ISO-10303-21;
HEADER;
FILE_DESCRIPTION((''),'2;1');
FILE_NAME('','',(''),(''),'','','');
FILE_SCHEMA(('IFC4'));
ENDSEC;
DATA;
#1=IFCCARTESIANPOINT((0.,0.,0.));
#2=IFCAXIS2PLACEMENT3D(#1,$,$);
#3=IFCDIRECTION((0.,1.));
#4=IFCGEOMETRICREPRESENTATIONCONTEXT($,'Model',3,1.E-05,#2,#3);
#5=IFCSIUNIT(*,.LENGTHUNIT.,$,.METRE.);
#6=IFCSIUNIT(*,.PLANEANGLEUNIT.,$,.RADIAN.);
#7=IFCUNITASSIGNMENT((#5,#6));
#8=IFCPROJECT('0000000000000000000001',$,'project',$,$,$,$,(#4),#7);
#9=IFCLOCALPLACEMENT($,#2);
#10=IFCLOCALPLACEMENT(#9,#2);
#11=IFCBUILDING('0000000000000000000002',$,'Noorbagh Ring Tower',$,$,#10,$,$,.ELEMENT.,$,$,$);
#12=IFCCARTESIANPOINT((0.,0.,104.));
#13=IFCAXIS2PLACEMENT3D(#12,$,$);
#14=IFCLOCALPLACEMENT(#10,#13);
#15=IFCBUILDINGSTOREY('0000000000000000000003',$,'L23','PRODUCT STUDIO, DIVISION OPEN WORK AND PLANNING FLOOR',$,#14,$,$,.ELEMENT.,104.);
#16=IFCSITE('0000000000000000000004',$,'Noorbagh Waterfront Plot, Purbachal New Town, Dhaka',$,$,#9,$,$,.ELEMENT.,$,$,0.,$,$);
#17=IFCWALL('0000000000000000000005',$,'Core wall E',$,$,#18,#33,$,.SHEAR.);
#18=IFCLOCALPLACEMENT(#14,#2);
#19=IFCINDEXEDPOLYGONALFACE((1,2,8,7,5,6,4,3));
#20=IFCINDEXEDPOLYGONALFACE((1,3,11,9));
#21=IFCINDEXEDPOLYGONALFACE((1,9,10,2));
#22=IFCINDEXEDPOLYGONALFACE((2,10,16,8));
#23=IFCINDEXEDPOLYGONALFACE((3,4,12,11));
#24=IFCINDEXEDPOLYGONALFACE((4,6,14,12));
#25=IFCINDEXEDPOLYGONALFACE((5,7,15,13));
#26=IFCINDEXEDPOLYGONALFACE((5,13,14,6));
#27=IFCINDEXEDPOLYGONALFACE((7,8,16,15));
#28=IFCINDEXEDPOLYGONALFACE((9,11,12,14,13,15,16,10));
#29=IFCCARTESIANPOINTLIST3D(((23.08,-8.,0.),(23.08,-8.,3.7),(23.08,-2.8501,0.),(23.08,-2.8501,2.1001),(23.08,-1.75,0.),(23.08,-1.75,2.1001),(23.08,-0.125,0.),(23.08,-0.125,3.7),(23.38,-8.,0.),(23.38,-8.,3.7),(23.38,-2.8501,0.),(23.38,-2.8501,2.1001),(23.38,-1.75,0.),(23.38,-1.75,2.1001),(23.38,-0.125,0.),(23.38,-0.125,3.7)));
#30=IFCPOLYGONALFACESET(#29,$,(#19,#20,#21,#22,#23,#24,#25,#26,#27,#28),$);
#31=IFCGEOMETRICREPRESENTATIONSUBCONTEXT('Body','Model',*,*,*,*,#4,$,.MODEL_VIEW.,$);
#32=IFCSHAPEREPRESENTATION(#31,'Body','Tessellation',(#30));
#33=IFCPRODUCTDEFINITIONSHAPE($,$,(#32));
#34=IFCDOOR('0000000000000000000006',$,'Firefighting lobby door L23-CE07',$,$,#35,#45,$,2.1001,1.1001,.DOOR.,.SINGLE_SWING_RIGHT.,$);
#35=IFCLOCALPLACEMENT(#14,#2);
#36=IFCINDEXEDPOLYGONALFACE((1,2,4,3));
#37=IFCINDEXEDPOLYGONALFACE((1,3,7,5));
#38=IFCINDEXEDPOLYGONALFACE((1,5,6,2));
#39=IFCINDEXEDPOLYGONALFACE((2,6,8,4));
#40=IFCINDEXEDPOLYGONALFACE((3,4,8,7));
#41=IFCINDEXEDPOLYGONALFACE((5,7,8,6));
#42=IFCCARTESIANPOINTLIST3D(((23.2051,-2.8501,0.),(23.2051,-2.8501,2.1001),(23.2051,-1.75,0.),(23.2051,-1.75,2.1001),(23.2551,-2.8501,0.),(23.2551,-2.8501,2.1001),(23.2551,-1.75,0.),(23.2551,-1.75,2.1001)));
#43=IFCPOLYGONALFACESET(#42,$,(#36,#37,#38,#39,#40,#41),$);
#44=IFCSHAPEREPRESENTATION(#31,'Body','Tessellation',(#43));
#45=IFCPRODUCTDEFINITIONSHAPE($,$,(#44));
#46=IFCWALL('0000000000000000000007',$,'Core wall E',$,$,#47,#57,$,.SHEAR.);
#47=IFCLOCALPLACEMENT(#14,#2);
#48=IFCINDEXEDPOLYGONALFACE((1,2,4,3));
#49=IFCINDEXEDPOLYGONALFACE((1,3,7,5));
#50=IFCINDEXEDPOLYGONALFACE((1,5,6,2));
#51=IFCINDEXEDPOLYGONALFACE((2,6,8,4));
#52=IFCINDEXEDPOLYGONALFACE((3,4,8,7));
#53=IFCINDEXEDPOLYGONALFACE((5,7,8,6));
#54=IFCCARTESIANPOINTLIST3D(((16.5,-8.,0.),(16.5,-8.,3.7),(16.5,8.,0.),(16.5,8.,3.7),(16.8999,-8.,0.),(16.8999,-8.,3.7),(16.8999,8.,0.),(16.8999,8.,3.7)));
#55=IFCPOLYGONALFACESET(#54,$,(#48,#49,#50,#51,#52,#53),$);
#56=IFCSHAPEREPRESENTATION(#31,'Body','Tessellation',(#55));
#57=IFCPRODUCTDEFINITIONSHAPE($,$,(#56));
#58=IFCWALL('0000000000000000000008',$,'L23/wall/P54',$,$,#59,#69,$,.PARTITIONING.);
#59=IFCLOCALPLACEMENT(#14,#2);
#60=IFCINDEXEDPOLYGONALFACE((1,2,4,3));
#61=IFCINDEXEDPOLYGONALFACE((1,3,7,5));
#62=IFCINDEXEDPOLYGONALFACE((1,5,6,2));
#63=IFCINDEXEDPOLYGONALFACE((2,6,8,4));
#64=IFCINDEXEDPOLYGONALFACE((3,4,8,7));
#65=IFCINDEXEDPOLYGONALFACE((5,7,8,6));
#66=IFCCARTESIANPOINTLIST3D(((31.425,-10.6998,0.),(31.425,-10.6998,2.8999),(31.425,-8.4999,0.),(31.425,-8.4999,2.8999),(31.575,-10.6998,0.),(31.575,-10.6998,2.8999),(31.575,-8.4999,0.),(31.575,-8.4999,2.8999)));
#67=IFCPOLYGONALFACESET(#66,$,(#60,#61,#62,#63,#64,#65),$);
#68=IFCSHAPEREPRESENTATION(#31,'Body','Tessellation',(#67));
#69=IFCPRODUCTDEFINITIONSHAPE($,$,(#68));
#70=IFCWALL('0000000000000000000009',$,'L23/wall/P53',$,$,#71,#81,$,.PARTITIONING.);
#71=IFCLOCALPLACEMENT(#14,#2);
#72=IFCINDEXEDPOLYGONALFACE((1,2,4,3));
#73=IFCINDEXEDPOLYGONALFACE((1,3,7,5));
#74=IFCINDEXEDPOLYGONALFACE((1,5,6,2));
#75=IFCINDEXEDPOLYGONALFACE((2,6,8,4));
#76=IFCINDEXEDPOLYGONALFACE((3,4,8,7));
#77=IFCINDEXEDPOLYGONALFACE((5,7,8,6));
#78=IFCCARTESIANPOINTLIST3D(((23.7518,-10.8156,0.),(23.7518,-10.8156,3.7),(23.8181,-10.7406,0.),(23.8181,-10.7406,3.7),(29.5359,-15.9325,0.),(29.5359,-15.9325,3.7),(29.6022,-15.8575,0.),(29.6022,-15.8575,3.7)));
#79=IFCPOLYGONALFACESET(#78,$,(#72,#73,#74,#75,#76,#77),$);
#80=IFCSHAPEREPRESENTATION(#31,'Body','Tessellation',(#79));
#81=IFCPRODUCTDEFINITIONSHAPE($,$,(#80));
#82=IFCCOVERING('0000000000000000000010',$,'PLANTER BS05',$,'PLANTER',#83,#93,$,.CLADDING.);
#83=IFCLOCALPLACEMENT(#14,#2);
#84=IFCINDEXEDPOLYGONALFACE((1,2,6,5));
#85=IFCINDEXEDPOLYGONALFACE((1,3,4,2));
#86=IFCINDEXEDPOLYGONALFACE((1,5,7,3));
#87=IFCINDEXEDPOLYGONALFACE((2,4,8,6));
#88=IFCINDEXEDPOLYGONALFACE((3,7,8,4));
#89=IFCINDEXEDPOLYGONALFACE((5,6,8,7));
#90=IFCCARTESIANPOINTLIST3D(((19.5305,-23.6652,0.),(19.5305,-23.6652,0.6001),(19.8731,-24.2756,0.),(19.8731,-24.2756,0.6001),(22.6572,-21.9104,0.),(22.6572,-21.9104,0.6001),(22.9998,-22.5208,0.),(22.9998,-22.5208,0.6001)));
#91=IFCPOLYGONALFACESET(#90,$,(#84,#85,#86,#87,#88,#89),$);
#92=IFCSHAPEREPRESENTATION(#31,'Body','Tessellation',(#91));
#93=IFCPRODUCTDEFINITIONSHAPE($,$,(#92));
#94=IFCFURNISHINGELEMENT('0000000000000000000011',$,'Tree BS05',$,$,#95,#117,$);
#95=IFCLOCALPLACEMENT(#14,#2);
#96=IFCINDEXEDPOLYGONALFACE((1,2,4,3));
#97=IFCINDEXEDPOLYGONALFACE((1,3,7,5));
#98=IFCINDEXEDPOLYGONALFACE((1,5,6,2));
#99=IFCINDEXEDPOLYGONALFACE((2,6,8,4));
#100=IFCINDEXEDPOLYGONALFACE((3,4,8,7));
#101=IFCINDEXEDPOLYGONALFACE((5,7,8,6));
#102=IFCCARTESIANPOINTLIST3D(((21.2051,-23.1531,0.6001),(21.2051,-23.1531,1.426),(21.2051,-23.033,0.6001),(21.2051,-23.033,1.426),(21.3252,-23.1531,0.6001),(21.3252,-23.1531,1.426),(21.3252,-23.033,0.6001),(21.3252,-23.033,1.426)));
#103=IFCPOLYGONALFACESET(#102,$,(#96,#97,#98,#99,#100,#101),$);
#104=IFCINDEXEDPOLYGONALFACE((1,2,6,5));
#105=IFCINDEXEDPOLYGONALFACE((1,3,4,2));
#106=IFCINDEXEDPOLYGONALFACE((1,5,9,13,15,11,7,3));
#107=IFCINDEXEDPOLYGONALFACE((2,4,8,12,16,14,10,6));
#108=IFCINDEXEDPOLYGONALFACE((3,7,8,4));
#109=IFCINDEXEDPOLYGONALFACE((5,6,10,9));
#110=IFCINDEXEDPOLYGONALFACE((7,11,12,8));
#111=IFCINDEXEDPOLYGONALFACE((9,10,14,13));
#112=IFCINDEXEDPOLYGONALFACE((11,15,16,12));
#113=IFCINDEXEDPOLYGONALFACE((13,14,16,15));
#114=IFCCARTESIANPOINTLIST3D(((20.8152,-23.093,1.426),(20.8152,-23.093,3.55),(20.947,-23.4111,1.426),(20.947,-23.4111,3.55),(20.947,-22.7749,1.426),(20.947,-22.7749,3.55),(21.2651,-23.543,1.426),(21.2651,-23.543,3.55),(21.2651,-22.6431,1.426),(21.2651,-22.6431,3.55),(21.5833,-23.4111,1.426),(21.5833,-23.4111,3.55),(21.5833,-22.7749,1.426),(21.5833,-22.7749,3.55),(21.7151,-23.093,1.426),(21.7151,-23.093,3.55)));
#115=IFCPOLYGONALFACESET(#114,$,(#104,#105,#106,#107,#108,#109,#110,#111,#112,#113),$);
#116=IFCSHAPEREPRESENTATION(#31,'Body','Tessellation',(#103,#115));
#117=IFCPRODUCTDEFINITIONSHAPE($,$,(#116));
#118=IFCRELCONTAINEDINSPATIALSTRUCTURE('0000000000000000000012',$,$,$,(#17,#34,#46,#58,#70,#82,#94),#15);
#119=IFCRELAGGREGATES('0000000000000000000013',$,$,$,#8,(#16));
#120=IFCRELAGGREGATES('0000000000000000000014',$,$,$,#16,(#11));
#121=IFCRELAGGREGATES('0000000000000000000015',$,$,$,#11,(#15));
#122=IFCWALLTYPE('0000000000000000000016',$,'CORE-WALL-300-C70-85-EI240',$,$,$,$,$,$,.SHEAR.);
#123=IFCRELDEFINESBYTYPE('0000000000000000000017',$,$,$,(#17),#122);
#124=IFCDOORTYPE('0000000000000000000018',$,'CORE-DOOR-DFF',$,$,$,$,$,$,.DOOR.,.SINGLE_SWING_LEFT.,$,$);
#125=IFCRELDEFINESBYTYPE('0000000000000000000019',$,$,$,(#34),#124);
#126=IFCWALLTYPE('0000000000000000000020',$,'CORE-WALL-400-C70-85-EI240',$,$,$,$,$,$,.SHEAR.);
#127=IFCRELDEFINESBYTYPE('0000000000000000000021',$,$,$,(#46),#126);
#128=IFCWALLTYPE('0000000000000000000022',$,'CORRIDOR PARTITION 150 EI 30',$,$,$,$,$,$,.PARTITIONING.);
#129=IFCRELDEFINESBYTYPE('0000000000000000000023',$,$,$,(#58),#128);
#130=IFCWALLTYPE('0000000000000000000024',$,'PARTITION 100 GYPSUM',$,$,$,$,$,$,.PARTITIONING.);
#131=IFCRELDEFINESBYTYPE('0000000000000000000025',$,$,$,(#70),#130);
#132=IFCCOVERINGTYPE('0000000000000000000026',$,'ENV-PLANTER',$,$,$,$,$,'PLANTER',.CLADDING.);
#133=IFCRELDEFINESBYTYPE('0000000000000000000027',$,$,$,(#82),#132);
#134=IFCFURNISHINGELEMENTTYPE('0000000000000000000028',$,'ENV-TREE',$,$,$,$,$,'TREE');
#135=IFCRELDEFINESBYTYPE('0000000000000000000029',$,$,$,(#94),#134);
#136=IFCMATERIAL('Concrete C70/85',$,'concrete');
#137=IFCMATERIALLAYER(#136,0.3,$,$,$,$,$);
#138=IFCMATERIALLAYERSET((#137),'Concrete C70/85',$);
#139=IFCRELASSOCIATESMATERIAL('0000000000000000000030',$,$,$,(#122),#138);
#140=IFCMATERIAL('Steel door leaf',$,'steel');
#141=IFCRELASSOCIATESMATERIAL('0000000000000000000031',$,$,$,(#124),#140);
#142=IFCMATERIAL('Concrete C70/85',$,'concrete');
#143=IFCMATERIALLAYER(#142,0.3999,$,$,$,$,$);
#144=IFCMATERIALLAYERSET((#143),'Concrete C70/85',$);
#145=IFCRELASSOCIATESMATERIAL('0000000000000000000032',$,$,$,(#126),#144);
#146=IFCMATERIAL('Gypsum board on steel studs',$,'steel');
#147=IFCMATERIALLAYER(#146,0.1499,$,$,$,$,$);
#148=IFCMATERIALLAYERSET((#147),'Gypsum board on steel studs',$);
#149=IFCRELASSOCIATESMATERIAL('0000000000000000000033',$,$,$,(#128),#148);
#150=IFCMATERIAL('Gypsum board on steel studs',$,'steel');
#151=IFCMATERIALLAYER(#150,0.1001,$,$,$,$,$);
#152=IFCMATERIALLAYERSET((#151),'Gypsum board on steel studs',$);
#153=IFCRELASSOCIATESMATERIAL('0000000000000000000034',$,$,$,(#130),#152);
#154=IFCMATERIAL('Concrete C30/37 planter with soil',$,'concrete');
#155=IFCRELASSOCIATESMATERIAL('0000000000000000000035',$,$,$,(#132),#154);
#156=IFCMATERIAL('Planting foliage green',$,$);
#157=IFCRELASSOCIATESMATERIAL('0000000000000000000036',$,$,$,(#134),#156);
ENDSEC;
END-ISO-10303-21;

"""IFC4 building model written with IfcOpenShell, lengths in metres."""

from ifc_helpers import new_model, si_unit, direction, frame, frame_2d, origin, origin_2d, place, context, subcontext, project, spatial, polyline, rectangle, outline, extrude, material, layer, layer_set, type_object, element, fill, save


model = new_model("IFC4")

# Units and contexts
model_context = context("Model", 3, precision=1e-05, world=origin(), true_north=direction((0.0, 1.0)))
body_context = subcontext(model_context, "Body", "Model", "MODEL_VIEW")
ifc_project = project(units=[si_unit("LENGTHUNIT", "METRE"), si_unit("PLANEANGLEUNIT", "RADIAN")], contexts=[model_context])

# Site, building, storey
site_placement = place(None, origin())
site = spatial("IfcSite", under=ifc_project, at=site_placement, Name="Noorbagh Waterfront Plot, Purbachal New Town, Dhaka", CompositionType="ELEMENT", RefElevation=0.0)
building_placement = place(site_placement, origin())
building = spatial("IfcBuilding", under=site, at=building_placement, Name="Noorbagh Ring Tower", CompositionType="ELEMENT")
storey_placement = place(building_placement, frame((0.0, 0.0, 104.0)))
storey = spatial("IfcBuildingStorey", under=building, at=storey_placement, Name="L23", Description="PRODUCT STUDIO, DIVISION OPEN WORK AND PLANNING FLOOR", CompositionType="ELEMENT", Elevation=104.0)

# Wall, opening, door
ifc_material_1 = material(Name="Concrete C70/85", Category="concrete")
ifc_layer_1 = layer(ifc_material_1, 0.3)
ifc_layer_set_1 = layer_set([ifc_layer_1], Name="Concrete C70/85")
wall_type_1 = type_object("IfcWallType", Name="CORE-WALL-300-C70-85-EI240", PredefinedType="SHEAR", material=ifc_layer_set_1)
wall_1_placement = place(storey_placement, frame((23.23, -8.0, 0.0), z_axis=(0.0, 0.0, 1.0), x_axis=(0.0, 1.0, 0.0)))
wall_1 = element("IfcWall", 1, at=wall_1_placement, inside=storey, type_object=wall_type_1, Name="Core wall E", PredefinedType="SHEAR", context=body_context, shape_type="SweptSolid", body=[
    extrude(rectangle(XDim=7.875, YDim=0.3, at=frame_2d((3.9375, 0.0))), origin(), (0.0, 0.0, 1.0), 3.7),
])
opening_placement = place(wall_1_placement, frame((5.1499, 0.0, 0.0)))
opening = element("IfcOpeningElement", 2, at=opening_placement, cuts=wall_1, PredefinedType="OPENING", context=body_context, shape_type="SweptSolid", body=[
    extrude(rectangle(XDim=1.1001, YDim=2.1001, at=frame_2d((0.55, 1.05))), frame((0.0, 0.1602, 0.0), z_axis=(0.0, -1.0, 0.0), x_axis=(1.0, 0.0, 0.0)), (0.0, 0.0, 1.0), 0.3201),
])
ifc_material_2 = material(Name="Steel door leaf", Category="steel")
door_type = type_object("IfcDoorType", Name="CORE-DOOR-DFF", OperationType="SINGLE_SWING_LEFT", PredefinedType="DOOR", material=ifc_material_2)
door_placement = place(opening_placement, origin())
door = element("IfcDoor", 3, at=door_placement, inside=storey, type_object=door_type, Name="Firefighting lobby door L23-CE07", OperationType="SINGLE_SWING_RIGHT", OverallHeight=2.1001, OverallWidth=1.1001, PredefinedType="DOOR", context=body_context, shape_type="SweptSolid", body=[
    extrude(rectangle(XDim=1.1001, YDim=2.1001, at=frame_2d((0.55, 1.05))), frame((0.0, 0.0249, 0.0), z_axis=(0.0, -1.0, 0.0), x_axis=(1.0, 0.0, 0.0)), (0.0, 0.0, 1.0), 0.05),
])
fill(opening, door)

# Walls
ifc_material_3 = material(Name="Concrete C70/85", Category="concrete")
ifc_layer_2 = layer(ifc_material_3, 0.3999)
ifc_layer_set_2 = layer_set([ifc_layer_2], Name="Concrete C70/85")
wall_type_2 = type_object("IfcWallType", Name="CORE-WALL-400-C70-85-EI240", PredefinedType="SHEAR", material=ifc_layer_set_2)
wall_2_placement = place(storey_placement, frame((16.7, -8.0, 0.0), z_axis=(0.0, 0.0, 1.0), x_axis=(0.0, 1.0, 0.0)))
element("IfcWall", 4, at=wall_2_placement, inside=storey, type_object=wall_type_2, Name="Core wall E", PredefinedType="SHEAR", context=body_context, shape_type="SweptSolid", body=[
    extrude(rectangle(XDim=16.0, YDim=0.3999, at=frame_2d((8.0, 0.0))), origin(), (0.0, 0.0, 1.0), 3.7),
])
ifc_material_4 = material(Name="Gypsum board on steel studs", Category="steel")
ifc_layer_3 = layer(ifc_material_4, 0.1499)
ifc_layer_set_3 = layer_set([ifc_layer_3], Name="Gypsum board on steel studs")
wall_type_3 = type_object("IfcWallType", Name="CORRIDOR PARTITION 150 EI 30", PredefinedType="PARTITIONING", material=ifc_layer_set_3)
wall_3_placement = place(storey_placement, frame((31.5, -10.7, 0.0), z_axis=(0.0, 0.0, 1.0), x_axis=(0.0, 1.0, 0.0)))
element("IfcWall", 5, at=wall_3_placement, inside=storey, type_object=wall_type_3, Name="L23/wall/P54", PredefinedType="PARTITIONING", context=body_context, shape_type="SweptSolid", body=[
    extrude(rectangle(XDim=2.2, YDim=0.1499, at=frame_2d((1.1001, 0.0))), origin(), (0.0, 0.0, 1.0), 2.8999),
])
ifc_material_5 = material(Name="Gypsum board on steel studs", Category="steel")
ifc_layer_4 = layer(ifc_material_5, 0.1001)
ifc_layer_set_4 = layer_set([ifc_layer_4], Name="Gypsum board on steel studs")
wall_type_4 = type_object("IfcWallType", Name="PARTITION 100 GYPSUM", PredefinedType="PARTITIONING", material=ifc_layer_set_4)
wall_4_placement = place(storey_placement, frame((23.7849, -10.7781, 0.0), z_axis=(0.0, 0.0, 1.0), x_axis=(0.748986, -0.662586, 0.0)))
element("IfcWall", 6, at=wall_4_placement, inside=storey, type_object=wall_type_4, Name="L23/wall/P53", PredefinedType="PARTITIONING", context=body_context, shape_type="SweptSolid", body=[
    extrude(rectangle(XDim=7.7227, YDim=0.1001, at=frame_2d((3.8613, 0.0))), origin(), (0.0, 0.0, 1.0), 3.7),
])

# Covering
ifc_material_6 = material(Name="Concrete C30/37 planter with soil", Category="concrete")
covering_type = type_object("IfcCoveringType", Name="ENV-PLANTER", ElementType="PLANTER", PredefinedType="CLADDING", material=ifc_material_6)
covering_placement = place(storey_placement, frame((21.2651, -23.093, 0.0), z_axis=(0.0, 0.0, 1.0), x_axis=(0.872045, 0.489426, 0.0)))
element("IfcCovering", 7, at=covering_placement, inside=storey, type_object=covering_type, Name="PLANTER BS05", ObjectType="PLANTER", PredefinedType="CLADDING", context=body_context, shape_type="SweptSolid", body=[
    extrude(rectangle(XDim=3.5854, YDim=0.7, at=origin_2d()), origin(), (0.0, 0.0, 1.0), 0.6001),
])

# Furnishing element
ifc_material_7 = material(Name="Planting foliage green")
furnishing_element_type = type_object("IfcFurnishingElementType", Name="ENV-TREE", ElementType="TREE", material=ifc_material_7)
furnishing_placement = place(storey_placement, frame((21.2651, -23.093, 0.6001), z_axis=(0.0, 0.0, 1.0), x_axis=(1.0, 0.0, 0.0)))
element("IfcFurnishingElement", 8, at=furnishing_placement, inside=storey, type_object=furnishing_element_type, Name="Tree BS05", context=body_context, shape_type="SweptSolid", body=[
    extrude(rectangle(XDim=0.1201, YDim=0.1201, at=origin_2d()), origin(), (0.0, 0.0, 1.0), 0.8259),
    extrude(outline(polyline([(0.45, 0.0), (0.3181, 0.3181), (0.0, 0.45), (-0.3181, 0.3181), (-0.45, 0.0), (-0.3181, -0.3181), (0.0, -0.45), (0.3181, -0.3181), (0.45, 0.0)])), frame((0.0, 0.0, 0.8259)), (0.0, 0.0, 1.0), 2.124),
])

save(model, "model.ifc")
